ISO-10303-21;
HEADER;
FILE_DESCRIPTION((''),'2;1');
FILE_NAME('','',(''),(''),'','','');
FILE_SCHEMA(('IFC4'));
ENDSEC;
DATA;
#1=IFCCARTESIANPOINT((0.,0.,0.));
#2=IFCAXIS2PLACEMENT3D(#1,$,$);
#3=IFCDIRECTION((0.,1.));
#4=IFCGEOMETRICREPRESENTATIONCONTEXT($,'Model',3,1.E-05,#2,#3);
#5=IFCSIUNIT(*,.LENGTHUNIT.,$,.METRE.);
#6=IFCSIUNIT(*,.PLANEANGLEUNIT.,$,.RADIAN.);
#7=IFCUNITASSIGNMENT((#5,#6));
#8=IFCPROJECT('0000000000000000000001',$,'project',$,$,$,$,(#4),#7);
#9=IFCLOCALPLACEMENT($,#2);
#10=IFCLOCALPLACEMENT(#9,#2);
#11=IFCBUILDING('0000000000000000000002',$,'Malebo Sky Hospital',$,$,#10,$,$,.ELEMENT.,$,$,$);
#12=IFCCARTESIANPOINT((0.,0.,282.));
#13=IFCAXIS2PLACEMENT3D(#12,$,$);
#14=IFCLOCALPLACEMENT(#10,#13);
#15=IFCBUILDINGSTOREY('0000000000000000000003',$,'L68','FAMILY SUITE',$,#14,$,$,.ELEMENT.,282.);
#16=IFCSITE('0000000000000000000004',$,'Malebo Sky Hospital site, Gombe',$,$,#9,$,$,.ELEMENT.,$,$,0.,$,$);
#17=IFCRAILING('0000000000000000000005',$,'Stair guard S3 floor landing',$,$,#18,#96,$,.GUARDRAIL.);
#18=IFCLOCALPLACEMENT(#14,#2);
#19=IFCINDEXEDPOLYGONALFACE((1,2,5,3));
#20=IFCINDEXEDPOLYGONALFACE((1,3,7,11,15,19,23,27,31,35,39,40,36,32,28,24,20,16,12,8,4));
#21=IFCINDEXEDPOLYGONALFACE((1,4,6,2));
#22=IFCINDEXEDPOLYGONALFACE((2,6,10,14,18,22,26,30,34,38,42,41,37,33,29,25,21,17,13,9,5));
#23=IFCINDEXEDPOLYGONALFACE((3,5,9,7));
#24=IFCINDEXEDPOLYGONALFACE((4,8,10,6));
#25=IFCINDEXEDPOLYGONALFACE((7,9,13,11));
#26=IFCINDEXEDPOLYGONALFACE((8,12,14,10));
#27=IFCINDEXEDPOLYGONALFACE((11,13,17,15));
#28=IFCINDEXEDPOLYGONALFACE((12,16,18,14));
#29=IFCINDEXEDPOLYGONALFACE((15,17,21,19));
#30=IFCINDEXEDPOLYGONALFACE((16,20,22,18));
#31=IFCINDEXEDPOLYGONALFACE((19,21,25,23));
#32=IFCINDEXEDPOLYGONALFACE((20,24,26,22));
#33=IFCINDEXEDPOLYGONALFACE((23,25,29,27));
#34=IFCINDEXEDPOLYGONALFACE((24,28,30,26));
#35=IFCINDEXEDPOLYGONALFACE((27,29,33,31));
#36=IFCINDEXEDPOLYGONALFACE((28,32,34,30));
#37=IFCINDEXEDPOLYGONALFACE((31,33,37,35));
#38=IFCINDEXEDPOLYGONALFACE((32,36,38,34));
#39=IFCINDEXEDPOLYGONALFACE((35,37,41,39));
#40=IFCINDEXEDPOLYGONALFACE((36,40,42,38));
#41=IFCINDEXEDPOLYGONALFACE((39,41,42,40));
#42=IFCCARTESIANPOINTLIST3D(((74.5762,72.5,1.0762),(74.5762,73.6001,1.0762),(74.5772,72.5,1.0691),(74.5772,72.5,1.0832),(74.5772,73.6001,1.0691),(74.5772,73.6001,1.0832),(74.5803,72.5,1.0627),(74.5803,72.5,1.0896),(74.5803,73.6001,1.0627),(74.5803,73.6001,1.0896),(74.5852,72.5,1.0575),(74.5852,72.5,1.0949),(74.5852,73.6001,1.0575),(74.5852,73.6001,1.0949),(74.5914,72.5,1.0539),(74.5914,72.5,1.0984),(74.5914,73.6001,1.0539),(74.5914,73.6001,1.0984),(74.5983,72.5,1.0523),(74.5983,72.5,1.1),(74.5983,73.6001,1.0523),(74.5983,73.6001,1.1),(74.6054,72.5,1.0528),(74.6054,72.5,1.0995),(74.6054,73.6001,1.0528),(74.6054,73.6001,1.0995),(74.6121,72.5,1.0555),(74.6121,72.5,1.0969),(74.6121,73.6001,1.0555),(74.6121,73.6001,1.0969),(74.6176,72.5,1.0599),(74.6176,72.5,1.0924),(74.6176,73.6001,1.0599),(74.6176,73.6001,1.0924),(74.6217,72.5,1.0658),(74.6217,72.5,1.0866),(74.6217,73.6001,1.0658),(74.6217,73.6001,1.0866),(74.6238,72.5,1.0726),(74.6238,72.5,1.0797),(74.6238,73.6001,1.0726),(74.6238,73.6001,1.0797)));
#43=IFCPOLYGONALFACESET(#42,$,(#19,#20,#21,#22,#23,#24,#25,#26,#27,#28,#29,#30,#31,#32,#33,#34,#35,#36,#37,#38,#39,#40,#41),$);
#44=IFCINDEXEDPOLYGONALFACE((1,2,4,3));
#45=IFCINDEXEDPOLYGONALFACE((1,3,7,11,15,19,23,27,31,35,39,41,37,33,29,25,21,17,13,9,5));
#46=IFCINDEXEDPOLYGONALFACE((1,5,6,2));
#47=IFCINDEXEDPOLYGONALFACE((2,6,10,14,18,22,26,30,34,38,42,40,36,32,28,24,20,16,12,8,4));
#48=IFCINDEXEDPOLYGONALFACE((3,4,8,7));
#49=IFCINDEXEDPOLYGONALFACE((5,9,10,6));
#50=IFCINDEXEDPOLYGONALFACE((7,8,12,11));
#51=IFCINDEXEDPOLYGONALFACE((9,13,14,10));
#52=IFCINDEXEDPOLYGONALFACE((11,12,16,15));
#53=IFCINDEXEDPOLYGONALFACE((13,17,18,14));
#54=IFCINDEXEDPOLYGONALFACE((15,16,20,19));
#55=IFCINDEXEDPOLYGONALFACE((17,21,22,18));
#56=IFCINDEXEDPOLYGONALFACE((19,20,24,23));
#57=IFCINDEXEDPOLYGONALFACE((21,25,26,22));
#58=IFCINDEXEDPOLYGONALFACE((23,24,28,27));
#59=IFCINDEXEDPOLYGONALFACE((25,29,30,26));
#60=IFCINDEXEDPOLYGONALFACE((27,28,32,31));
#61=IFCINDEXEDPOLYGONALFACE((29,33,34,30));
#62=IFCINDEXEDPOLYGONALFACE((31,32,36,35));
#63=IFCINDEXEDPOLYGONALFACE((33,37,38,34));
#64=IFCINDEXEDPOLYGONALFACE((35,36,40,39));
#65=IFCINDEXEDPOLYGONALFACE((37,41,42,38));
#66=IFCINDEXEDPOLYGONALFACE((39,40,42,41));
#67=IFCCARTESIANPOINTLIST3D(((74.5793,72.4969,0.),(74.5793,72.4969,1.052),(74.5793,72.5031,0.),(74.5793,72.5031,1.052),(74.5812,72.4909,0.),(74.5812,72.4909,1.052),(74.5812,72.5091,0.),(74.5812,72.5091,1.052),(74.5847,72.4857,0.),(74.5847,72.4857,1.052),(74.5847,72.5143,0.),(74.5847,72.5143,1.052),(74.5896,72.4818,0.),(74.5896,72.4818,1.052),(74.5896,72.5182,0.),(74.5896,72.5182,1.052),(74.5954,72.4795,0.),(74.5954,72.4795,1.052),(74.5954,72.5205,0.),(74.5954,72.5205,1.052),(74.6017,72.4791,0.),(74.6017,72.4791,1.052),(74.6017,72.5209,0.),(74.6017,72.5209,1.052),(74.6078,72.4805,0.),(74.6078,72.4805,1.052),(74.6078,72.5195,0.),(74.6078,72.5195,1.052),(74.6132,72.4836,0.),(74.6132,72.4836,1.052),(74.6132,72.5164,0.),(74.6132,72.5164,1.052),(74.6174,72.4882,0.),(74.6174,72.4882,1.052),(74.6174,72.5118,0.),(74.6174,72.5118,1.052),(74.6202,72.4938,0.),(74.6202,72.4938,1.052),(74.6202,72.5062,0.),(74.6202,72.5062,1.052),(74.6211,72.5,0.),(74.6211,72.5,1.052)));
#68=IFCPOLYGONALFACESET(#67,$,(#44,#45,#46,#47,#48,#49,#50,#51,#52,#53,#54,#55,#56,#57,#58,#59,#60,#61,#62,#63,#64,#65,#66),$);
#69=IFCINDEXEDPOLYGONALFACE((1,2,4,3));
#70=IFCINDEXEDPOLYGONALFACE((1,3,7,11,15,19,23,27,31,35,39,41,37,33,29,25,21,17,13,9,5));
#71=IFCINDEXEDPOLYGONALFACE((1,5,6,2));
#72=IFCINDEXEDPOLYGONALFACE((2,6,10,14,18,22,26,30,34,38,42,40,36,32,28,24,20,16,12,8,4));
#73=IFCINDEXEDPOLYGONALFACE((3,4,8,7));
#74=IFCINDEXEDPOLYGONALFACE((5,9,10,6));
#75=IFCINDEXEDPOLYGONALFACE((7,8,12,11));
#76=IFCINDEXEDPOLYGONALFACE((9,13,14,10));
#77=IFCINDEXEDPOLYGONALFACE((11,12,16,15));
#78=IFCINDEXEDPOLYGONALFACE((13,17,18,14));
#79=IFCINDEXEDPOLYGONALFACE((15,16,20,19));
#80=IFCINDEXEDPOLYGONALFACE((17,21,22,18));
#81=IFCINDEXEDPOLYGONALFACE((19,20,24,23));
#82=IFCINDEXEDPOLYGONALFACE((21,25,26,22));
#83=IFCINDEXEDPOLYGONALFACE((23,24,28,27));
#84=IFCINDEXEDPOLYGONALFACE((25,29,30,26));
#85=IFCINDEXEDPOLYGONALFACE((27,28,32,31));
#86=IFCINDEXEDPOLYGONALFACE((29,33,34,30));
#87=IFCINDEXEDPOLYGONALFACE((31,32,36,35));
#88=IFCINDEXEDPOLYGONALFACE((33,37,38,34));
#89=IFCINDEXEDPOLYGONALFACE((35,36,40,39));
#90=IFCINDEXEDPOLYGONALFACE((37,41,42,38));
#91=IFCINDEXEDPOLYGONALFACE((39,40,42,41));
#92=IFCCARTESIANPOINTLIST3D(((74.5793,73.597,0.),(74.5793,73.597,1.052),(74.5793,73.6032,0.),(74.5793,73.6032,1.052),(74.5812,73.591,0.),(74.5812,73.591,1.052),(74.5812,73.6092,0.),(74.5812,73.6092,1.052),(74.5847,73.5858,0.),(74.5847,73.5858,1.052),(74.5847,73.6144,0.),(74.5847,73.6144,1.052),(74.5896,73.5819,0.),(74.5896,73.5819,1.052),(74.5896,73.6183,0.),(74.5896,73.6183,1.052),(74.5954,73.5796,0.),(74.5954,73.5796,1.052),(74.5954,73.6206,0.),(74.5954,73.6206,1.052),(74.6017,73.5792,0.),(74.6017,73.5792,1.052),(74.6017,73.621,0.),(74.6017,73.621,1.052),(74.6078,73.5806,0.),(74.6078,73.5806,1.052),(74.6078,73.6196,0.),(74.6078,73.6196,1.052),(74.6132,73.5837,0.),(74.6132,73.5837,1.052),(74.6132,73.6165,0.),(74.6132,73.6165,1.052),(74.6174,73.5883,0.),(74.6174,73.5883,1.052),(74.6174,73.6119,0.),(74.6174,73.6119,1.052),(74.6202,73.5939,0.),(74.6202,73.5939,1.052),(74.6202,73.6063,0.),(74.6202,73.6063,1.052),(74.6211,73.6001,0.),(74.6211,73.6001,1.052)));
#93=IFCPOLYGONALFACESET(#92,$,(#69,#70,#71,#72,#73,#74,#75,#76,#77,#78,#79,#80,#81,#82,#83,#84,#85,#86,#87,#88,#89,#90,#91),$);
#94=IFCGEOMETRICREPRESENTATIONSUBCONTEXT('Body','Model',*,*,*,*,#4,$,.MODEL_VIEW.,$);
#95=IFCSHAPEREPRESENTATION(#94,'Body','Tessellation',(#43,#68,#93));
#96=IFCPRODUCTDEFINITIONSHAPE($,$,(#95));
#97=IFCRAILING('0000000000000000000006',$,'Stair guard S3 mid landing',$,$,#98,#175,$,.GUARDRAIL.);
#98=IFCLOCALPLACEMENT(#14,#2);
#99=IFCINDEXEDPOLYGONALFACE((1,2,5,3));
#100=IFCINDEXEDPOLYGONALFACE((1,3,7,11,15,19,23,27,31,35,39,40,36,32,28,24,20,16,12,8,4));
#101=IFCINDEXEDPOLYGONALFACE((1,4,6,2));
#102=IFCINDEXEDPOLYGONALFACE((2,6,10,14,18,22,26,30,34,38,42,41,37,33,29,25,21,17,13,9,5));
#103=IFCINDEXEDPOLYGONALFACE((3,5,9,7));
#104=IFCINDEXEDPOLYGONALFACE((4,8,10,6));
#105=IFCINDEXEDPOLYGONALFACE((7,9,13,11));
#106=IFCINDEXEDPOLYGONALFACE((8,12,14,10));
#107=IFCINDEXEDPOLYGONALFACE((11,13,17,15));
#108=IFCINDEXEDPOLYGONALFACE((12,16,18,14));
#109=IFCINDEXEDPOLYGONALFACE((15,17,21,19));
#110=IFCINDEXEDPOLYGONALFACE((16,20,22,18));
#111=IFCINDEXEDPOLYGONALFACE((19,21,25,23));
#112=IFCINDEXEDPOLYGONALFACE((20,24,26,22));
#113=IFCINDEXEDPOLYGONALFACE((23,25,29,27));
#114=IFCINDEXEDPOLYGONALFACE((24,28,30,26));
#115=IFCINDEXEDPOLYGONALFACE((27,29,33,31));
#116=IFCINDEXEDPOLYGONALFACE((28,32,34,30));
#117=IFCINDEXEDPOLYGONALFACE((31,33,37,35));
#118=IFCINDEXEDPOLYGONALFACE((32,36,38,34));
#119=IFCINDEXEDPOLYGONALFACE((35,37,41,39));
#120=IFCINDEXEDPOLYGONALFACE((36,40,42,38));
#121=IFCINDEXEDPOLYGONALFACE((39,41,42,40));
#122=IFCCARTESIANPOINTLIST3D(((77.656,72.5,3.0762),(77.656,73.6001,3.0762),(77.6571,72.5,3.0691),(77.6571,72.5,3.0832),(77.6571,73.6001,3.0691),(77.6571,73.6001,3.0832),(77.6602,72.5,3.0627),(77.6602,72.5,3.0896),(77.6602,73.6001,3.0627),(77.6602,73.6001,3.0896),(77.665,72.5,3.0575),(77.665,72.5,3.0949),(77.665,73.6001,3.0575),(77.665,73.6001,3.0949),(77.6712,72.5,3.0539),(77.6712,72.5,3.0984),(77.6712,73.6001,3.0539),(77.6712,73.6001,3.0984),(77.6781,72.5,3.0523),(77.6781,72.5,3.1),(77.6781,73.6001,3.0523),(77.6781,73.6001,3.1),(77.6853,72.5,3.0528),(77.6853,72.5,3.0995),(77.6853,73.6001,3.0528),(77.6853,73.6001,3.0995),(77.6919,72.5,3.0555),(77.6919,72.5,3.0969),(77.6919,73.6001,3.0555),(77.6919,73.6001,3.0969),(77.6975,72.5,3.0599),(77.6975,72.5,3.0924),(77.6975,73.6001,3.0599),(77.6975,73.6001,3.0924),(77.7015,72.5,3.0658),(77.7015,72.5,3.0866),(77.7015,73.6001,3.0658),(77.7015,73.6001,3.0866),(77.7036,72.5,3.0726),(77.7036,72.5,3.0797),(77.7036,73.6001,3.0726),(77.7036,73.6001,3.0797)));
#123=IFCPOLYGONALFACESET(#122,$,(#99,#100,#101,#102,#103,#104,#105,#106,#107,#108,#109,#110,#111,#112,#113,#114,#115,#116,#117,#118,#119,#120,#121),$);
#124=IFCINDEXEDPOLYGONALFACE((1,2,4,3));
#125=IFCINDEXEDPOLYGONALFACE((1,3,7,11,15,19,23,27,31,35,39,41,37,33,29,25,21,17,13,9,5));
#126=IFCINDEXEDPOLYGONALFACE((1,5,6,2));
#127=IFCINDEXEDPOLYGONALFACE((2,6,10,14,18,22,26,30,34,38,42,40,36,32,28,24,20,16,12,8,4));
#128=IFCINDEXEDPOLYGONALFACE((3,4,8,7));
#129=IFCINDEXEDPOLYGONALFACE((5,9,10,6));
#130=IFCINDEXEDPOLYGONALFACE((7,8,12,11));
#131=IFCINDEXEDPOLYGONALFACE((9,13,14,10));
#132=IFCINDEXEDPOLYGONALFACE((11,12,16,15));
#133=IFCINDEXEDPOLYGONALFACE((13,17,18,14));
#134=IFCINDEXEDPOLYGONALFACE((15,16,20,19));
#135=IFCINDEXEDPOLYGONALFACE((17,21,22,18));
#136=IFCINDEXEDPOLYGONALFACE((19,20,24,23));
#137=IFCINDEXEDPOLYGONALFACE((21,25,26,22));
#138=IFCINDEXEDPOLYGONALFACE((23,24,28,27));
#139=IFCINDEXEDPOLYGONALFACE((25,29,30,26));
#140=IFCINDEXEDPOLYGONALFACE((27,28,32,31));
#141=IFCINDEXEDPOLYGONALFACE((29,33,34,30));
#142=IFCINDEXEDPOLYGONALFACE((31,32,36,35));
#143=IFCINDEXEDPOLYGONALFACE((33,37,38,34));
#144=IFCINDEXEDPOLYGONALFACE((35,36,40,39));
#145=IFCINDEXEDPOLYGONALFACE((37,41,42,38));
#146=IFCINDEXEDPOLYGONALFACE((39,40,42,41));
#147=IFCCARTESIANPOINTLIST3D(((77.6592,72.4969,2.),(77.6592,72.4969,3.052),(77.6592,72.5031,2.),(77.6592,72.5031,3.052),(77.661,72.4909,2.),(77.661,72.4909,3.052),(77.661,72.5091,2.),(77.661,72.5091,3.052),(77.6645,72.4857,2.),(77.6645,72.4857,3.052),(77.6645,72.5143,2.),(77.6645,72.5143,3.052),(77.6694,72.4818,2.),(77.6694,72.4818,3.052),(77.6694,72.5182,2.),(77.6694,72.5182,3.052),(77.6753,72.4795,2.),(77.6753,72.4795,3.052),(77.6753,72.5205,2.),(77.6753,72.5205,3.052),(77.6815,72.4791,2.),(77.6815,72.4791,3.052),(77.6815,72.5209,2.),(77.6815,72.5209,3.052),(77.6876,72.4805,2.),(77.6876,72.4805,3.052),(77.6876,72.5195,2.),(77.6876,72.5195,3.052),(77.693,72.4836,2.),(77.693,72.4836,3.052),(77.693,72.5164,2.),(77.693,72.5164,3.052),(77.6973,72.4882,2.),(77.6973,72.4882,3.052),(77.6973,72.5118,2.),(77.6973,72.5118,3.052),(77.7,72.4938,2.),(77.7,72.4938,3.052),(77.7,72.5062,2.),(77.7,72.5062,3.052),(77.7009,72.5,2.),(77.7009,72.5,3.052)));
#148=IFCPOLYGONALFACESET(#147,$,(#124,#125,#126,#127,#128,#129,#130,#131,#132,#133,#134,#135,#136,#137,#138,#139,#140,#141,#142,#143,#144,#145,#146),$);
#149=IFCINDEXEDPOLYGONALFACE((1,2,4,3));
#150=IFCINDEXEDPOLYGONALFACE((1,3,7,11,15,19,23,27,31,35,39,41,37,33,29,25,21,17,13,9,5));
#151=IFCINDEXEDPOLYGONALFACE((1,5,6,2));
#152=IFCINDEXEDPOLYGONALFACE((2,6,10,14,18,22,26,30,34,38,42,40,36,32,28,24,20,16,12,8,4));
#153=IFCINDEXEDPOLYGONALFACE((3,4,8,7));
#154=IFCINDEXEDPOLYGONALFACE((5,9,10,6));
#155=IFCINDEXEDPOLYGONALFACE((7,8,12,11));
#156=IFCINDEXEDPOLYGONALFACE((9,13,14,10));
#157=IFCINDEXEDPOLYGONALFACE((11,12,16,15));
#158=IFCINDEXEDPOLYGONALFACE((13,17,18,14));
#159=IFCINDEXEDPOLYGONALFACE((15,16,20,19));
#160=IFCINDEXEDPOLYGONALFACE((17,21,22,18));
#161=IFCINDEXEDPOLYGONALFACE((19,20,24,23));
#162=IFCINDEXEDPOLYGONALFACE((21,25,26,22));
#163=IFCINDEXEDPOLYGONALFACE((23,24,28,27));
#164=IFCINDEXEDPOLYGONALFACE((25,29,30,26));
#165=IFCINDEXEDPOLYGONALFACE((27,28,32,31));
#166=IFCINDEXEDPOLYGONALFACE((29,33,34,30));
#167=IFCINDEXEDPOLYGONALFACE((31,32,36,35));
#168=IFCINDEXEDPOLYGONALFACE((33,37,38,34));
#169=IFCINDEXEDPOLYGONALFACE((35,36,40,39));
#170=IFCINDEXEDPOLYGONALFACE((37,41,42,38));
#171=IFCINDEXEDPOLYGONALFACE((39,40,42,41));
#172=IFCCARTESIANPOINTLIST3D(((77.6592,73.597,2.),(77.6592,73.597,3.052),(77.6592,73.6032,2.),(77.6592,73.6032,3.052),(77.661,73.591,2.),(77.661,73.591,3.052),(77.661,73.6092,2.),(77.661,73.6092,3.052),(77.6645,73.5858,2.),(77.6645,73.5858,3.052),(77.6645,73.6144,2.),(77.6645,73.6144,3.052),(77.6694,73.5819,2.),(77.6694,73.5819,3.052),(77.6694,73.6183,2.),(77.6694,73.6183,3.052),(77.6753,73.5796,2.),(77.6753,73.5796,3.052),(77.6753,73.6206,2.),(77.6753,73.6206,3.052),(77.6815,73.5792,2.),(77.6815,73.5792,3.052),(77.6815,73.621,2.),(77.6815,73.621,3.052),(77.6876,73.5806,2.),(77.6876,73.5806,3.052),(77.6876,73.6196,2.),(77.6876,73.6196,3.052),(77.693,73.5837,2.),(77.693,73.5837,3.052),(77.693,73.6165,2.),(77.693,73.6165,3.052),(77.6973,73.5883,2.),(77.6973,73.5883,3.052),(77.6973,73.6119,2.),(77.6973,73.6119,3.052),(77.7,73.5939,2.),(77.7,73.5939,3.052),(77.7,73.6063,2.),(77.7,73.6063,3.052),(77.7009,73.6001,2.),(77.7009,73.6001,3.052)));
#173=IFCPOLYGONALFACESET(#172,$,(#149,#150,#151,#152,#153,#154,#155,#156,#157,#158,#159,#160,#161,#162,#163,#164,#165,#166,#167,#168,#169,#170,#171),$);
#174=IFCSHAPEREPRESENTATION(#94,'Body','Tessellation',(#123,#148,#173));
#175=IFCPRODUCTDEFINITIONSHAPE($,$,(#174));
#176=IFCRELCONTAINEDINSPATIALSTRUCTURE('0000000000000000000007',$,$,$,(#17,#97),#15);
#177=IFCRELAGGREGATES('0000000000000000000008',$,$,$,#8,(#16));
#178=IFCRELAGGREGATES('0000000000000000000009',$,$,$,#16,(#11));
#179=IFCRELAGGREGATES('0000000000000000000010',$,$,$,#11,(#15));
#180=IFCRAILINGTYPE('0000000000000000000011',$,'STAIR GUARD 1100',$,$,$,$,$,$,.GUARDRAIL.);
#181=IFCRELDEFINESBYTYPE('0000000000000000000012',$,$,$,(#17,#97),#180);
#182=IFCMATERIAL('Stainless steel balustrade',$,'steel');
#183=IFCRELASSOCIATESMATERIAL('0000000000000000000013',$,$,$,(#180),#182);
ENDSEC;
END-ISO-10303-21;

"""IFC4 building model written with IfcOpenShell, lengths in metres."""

from ifc_helpers import new_model, si_unit, direction, frame, origin, origin_2d, place, context, subcontext, project, spatial, circle, extrude, material, type_object, element, save


model = new_model("IFC4")

# Units and contexts
model_context = context("Model", 3, precision=1e-05, world=origin(), true_north=direction((0.0, 1.0)))
body_context = subcontext(model_context, "Body", "Model", "MODEL_VIEW")
ifc_project = project(units=[si_unit("LENGTHUNIT", "METRE"), si_unit("PLANEANGLEUNIT", "RADIAN")], contexts=[model_context])

# Site, building, storey
site_placement = place(None, origin())
site = spatial("IfcSite", under=ifc_project, at=site_placement, Name="Malebo Sky Hospital site, Gombe", CompositionType="ELEMENT", RefElevation=0.0)
building_placement = place(site_placement, origin())
building = spatial("IfcBuilding", under=site, at=building_placement, Name="Malebo Sky Hospital", CompositionType="ELEMENT")
storey_placement = place(building_placement, frame((0.0, 0.0, 282.0)))
storey = spatial("IfcBuildingStorey", under=building, at=storey_placement, Name="L68", Description="FAMILY SUITE", CompositionType="ELEMENT", Elevation=282.0)

# Railings
ifc_material_1 = material(Name="Stainless steel balustrade", Category="steel")
railing_type_1 = type_object("IfcRailingType", Name="STAIR GUARD 1100", PredefinedType="GUARDRAIL", material=ifc_material_1)
for number, where, name in (
    (1, (74.6001, 72.5, 0.0), "Stair guard S3 floor landing"),
    (2, (77.6799, 72.5, 2.0), "Stair guard S3 mid landing"),
):
    element("IfcRailing", number, at=place(storey_placement, frame(where)), inside=storey, type_object=railing_type_1, Name=name, PredefinedType="GUARDRAIL", context=body_context, shape_type="SweptSolid", body=[
        extrude(circle(Radius=0.0239, at=origin_2d()), frame((0.0, 0.0, 1.0762), z_axis=(0.0, 1.0, 0.0), x_axis=(-1.0, 0.0, 0.0)), (0.0, 0.0, 1.0), 1.1001),
        extrude(circle(Radius=0.021, at=origin_2d()), origin(), (0.0, 0.0, 1.0), 1.052),
        extrude(circle(Radius=0.021, at=origin_2d()), frame((0.0, 1.1001, 0.0)), (0.0, 0.0, 1.0), 1.052),
    ])

save(model, "model.ifc")
